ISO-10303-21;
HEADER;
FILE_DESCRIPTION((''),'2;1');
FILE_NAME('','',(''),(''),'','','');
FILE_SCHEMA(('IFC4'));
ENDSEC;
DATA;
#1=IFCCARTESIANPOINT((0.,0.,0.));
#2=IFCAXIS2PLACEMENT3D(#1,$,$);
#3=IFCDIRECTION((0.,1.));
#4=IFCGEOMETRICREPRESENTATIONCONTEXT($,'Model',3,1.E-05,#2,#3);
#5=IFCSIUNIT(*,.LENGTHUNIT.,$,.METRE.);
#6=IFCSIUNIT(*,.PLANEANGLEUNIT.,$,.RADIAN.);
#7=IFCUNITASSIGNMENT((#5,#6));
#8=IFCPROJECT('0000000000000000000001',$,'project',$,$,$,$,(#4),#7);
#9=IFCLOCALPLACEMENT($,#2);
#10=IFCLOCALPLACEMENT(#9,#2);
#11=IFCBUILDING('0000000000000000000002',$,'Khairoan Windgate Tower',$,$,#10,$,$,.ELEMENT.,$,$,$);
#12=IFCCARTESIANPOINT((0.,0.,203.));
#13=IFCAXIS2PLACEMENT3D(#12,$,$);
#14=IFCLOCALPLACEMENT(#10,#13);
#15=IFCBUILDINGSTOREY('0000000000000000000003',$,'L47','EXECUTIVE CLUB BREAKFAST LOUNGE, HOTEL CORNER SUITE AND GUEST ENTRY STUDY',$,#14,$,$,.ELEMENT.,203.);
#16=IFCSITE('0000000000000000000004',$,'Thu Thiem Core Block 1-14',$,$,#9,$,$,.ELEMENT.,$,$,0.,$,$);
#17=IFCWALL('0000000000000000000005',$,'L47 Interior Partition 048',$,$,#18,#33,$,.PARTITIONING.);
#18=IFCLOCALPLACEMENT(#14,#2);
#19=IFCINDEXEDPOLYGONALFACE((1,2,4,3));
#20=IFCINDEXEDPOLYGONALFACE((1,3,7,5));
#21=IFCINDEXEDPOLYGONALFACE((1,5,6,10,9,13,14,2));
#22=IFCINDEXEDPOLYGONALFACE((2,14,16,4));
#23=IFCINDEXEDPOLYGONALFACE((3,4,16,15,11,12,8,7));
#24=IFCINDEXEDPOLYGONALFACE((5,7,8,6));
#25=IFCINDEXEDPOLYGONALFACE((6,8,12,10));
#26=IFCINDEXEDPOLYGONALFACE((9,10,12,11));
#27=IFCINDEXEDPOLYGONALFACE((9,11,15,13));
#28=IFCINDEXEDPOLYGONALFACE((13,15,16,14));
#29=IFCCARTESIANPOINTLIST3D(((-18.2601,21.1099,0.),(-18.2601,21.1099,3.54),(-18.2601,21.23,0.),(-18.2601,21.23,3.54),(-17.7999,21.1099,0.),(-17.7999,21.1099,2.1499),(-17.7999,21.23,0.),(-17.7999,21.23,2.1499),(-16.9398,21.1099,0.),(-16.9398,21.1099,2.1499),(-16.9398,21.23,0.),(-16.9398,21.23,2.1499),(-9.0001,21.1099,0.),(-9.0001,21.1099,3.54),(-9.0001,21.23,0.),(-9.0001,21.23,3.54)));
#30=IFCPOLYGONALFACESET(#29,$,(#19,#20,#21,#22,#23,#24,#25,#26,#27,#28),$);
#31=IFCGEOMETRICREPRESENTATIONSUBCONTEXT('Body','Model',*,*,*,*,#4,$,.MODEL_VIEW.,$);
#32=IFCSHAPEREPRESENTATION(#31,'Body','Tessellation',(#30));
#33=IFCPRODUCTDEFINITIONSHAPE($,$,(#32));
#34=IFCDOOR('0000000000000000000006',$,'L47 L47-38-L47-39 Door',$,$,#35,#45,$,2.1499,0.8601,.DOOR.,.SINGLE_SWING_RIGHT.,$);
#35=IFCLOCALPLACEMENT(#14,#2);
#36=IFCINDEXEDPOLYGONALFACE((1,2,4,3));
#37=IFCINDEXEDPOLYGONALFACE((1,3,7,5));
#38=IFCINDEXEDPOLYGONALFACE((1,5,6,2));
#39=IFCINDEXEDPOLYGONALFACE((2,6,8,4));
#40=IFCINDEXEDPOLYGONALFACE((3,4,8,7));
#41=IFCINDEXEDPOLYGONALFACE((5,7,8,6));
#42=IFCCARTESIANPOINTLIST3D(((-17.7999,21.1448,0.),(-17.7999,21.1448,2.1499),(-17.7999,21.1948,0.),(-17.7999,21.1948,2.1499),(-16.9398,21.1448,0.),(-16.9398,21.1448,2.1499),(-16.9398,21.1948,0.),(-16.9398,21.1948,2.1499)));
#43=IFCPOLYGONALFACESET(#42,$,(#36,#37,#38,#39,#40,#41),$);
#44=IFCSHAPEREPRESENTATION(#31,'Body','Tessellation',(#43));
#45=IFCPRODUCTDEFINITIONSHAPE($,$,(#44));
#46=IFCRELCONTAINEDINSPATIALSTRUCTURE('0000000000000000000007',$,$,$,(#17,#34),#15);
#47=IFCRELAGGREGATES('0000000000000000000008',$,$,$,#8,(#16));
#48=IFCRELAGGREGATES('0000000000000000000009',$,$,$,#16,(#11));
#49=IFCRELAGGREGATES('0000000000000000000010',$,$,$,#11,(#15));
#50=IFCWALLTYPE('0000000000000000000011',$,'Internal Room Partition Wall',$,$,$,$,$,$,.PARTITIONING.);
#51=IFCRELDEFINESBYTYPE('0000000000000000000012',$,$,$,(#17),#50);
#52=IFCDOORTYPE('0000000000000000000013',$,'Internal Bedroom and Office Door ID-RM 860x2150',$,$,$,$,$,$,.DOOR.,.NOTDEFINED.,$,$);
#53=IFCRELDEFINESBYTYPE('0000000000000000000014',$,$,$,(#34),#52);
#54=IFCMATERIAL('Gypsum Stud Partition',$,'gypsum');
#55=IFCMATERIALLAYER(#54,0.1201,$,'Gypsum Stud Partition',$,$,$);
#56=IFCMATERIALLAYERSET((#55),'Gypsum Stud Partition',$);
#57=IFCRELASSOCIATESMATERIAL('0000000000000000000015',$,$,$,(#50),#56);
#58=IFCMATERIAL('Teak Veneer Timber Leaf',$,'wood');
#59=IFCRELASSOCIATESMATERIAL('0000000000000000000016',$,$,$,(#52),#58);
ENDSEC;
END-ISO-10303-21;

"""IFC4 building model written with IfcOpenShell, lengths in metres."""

from ifc_helpers import new_model, si_unit, direction, frame, frame_2d, origin, place, context, subcontext, project, spatial, rectangle, extrude, material, layer, layer_set, type_object, element, fill, save


model = new_model("IFC4")

# Units and contexts
model_context = context("Model", 3, precision=1e-05, world=origin(), true_north=direction((0.0, 1.0)))
body_context = subcontext(model_context, "Body", "Model", "MODEL_VIEW")
ifc_project = project(units=[si_unit("LENGTHUNIT", "METRE"), si_unit("PLANEANGLEUNIT", "RADIAN")], contexts=[model_context])

# Site, building, storey
site_placement = place(None, origin())
site = spatial("IfcSite", under=ifc_project, at=site_placement, Name="Thu Thiem Core Block 1-14", CompositionType="ELEMENT", RefElevation=0.0)
building_placement = place(site_placement, origin())
building = spatial("IfcBuilding", under=site, at=building_placement, Name="Khairoan Windgate Tower", CompositionType="ELEMENT")
storey_placement = place(building_placement, frame((0.0, 0.0, 203.0)))
storey = spatial("IfcBuildingStorey", under=building, at=storey_placement, Name="L47", Description="EXECUTIVE CLUB BREAKFAST LOUNGE, HOTEL CORNER SUITE AND GUEST ENTRY STUDY", CompositionType="ELEMENT", Elevation=203.0)

# Wall, opening, door
ifc_material_1 = material(Name="Gypsum Stud Partition", Category="gypsum")
ifc_layer_1 = layer(ifc_material_1, 0.1201, Name="Gypsum Stud Partition")
ifc_layer_set_1 = layer_set([ifc_layer_1], Name="Gypsum Stud Partition")
wall_type_1 = type_object("IfcWallType", Name="Internal Room Partition Wall", PredefinedType="PARTITIONING", material=ifc_layer_set_1)
wall_1_placement = place(storey_placement, frame((-18.26, 21.1699, 0.0), z_axis=(0.0, 0.0, 1.0), x_axis=(1.0, 0.0, 0.0)))
wall_1 = element("IfcWall", 1, at=wall_1_placement, inside=storey, type_object=wall_type_1, Name="L47 Interior Partition 048", PredefinedType="PARTITIONING", context=body_context, shape_type="SweptSolid", body=[
    extrude(rectangle(XDim=9.26, YDim=0.1201, at=frame_2d((4.6299, 0.0))), origin(), (0.0, 0.0, 1.0), 3.54),
])
opening_1_placement = place(wall_1_placement, frame((0.46, 0.0, 0.0)))
opening_1 = element("IfcOpeningElement", 2, at=opening_1_placement, cuts=wall_1, PredefinedType="OPENING", context=body_context, shape_type="SweptSolid", body=[
    extrude(rectangle(XDim=0.8601, YDim=2.1499, at=frame_2d((0.4302, 1.075))), frame((0.0, 0.0701, 0.0), z_axis=(0.0, -1.0, 0.0), x_axis=(1.0, 0.0, 0.0)), (0.0, 0.0, 1.0), 0.1401),
])
ifc_material_2 = material(Name="Teak Veneer Timber Leaf", Category="wood")
door_type_1 = type_object("IfcDoorType", Name="Internal Bedroom and Office Door ID-RM 860x2150", OperationType="NOTDEFINED", PredefinedType="DOOR", material=ifc_material_2)
door_1_placement = place(opening_1_placement, origin())
door_1 = element("IfcDoor", 3, at=door_1_placement, inside=storey, type_object=door_type_1, Name="L47 L47-38-L47-39 Door", OperationType="SINGLE_SWING_RIGHT", OverallHeight=2.1499, OverallWidth=0.8601, PredefinedType="DOOR", context=body_context, shape_type="SweptSolid", body=[
    extrude(rectangle(XDim=0.8601, YDim=2.1499, at=frame_2d((0.4302, 1.075))), frame((0.0, 0.0249, 0.0), z_axis=(0.0, -1.0, 0.0), x_axis=(1.0, 0.0, 0.0)), (0.0, 0.0, 1.0), 0.05),
])
fill(opening_1, door_1)

save(model, "model.ifc")
